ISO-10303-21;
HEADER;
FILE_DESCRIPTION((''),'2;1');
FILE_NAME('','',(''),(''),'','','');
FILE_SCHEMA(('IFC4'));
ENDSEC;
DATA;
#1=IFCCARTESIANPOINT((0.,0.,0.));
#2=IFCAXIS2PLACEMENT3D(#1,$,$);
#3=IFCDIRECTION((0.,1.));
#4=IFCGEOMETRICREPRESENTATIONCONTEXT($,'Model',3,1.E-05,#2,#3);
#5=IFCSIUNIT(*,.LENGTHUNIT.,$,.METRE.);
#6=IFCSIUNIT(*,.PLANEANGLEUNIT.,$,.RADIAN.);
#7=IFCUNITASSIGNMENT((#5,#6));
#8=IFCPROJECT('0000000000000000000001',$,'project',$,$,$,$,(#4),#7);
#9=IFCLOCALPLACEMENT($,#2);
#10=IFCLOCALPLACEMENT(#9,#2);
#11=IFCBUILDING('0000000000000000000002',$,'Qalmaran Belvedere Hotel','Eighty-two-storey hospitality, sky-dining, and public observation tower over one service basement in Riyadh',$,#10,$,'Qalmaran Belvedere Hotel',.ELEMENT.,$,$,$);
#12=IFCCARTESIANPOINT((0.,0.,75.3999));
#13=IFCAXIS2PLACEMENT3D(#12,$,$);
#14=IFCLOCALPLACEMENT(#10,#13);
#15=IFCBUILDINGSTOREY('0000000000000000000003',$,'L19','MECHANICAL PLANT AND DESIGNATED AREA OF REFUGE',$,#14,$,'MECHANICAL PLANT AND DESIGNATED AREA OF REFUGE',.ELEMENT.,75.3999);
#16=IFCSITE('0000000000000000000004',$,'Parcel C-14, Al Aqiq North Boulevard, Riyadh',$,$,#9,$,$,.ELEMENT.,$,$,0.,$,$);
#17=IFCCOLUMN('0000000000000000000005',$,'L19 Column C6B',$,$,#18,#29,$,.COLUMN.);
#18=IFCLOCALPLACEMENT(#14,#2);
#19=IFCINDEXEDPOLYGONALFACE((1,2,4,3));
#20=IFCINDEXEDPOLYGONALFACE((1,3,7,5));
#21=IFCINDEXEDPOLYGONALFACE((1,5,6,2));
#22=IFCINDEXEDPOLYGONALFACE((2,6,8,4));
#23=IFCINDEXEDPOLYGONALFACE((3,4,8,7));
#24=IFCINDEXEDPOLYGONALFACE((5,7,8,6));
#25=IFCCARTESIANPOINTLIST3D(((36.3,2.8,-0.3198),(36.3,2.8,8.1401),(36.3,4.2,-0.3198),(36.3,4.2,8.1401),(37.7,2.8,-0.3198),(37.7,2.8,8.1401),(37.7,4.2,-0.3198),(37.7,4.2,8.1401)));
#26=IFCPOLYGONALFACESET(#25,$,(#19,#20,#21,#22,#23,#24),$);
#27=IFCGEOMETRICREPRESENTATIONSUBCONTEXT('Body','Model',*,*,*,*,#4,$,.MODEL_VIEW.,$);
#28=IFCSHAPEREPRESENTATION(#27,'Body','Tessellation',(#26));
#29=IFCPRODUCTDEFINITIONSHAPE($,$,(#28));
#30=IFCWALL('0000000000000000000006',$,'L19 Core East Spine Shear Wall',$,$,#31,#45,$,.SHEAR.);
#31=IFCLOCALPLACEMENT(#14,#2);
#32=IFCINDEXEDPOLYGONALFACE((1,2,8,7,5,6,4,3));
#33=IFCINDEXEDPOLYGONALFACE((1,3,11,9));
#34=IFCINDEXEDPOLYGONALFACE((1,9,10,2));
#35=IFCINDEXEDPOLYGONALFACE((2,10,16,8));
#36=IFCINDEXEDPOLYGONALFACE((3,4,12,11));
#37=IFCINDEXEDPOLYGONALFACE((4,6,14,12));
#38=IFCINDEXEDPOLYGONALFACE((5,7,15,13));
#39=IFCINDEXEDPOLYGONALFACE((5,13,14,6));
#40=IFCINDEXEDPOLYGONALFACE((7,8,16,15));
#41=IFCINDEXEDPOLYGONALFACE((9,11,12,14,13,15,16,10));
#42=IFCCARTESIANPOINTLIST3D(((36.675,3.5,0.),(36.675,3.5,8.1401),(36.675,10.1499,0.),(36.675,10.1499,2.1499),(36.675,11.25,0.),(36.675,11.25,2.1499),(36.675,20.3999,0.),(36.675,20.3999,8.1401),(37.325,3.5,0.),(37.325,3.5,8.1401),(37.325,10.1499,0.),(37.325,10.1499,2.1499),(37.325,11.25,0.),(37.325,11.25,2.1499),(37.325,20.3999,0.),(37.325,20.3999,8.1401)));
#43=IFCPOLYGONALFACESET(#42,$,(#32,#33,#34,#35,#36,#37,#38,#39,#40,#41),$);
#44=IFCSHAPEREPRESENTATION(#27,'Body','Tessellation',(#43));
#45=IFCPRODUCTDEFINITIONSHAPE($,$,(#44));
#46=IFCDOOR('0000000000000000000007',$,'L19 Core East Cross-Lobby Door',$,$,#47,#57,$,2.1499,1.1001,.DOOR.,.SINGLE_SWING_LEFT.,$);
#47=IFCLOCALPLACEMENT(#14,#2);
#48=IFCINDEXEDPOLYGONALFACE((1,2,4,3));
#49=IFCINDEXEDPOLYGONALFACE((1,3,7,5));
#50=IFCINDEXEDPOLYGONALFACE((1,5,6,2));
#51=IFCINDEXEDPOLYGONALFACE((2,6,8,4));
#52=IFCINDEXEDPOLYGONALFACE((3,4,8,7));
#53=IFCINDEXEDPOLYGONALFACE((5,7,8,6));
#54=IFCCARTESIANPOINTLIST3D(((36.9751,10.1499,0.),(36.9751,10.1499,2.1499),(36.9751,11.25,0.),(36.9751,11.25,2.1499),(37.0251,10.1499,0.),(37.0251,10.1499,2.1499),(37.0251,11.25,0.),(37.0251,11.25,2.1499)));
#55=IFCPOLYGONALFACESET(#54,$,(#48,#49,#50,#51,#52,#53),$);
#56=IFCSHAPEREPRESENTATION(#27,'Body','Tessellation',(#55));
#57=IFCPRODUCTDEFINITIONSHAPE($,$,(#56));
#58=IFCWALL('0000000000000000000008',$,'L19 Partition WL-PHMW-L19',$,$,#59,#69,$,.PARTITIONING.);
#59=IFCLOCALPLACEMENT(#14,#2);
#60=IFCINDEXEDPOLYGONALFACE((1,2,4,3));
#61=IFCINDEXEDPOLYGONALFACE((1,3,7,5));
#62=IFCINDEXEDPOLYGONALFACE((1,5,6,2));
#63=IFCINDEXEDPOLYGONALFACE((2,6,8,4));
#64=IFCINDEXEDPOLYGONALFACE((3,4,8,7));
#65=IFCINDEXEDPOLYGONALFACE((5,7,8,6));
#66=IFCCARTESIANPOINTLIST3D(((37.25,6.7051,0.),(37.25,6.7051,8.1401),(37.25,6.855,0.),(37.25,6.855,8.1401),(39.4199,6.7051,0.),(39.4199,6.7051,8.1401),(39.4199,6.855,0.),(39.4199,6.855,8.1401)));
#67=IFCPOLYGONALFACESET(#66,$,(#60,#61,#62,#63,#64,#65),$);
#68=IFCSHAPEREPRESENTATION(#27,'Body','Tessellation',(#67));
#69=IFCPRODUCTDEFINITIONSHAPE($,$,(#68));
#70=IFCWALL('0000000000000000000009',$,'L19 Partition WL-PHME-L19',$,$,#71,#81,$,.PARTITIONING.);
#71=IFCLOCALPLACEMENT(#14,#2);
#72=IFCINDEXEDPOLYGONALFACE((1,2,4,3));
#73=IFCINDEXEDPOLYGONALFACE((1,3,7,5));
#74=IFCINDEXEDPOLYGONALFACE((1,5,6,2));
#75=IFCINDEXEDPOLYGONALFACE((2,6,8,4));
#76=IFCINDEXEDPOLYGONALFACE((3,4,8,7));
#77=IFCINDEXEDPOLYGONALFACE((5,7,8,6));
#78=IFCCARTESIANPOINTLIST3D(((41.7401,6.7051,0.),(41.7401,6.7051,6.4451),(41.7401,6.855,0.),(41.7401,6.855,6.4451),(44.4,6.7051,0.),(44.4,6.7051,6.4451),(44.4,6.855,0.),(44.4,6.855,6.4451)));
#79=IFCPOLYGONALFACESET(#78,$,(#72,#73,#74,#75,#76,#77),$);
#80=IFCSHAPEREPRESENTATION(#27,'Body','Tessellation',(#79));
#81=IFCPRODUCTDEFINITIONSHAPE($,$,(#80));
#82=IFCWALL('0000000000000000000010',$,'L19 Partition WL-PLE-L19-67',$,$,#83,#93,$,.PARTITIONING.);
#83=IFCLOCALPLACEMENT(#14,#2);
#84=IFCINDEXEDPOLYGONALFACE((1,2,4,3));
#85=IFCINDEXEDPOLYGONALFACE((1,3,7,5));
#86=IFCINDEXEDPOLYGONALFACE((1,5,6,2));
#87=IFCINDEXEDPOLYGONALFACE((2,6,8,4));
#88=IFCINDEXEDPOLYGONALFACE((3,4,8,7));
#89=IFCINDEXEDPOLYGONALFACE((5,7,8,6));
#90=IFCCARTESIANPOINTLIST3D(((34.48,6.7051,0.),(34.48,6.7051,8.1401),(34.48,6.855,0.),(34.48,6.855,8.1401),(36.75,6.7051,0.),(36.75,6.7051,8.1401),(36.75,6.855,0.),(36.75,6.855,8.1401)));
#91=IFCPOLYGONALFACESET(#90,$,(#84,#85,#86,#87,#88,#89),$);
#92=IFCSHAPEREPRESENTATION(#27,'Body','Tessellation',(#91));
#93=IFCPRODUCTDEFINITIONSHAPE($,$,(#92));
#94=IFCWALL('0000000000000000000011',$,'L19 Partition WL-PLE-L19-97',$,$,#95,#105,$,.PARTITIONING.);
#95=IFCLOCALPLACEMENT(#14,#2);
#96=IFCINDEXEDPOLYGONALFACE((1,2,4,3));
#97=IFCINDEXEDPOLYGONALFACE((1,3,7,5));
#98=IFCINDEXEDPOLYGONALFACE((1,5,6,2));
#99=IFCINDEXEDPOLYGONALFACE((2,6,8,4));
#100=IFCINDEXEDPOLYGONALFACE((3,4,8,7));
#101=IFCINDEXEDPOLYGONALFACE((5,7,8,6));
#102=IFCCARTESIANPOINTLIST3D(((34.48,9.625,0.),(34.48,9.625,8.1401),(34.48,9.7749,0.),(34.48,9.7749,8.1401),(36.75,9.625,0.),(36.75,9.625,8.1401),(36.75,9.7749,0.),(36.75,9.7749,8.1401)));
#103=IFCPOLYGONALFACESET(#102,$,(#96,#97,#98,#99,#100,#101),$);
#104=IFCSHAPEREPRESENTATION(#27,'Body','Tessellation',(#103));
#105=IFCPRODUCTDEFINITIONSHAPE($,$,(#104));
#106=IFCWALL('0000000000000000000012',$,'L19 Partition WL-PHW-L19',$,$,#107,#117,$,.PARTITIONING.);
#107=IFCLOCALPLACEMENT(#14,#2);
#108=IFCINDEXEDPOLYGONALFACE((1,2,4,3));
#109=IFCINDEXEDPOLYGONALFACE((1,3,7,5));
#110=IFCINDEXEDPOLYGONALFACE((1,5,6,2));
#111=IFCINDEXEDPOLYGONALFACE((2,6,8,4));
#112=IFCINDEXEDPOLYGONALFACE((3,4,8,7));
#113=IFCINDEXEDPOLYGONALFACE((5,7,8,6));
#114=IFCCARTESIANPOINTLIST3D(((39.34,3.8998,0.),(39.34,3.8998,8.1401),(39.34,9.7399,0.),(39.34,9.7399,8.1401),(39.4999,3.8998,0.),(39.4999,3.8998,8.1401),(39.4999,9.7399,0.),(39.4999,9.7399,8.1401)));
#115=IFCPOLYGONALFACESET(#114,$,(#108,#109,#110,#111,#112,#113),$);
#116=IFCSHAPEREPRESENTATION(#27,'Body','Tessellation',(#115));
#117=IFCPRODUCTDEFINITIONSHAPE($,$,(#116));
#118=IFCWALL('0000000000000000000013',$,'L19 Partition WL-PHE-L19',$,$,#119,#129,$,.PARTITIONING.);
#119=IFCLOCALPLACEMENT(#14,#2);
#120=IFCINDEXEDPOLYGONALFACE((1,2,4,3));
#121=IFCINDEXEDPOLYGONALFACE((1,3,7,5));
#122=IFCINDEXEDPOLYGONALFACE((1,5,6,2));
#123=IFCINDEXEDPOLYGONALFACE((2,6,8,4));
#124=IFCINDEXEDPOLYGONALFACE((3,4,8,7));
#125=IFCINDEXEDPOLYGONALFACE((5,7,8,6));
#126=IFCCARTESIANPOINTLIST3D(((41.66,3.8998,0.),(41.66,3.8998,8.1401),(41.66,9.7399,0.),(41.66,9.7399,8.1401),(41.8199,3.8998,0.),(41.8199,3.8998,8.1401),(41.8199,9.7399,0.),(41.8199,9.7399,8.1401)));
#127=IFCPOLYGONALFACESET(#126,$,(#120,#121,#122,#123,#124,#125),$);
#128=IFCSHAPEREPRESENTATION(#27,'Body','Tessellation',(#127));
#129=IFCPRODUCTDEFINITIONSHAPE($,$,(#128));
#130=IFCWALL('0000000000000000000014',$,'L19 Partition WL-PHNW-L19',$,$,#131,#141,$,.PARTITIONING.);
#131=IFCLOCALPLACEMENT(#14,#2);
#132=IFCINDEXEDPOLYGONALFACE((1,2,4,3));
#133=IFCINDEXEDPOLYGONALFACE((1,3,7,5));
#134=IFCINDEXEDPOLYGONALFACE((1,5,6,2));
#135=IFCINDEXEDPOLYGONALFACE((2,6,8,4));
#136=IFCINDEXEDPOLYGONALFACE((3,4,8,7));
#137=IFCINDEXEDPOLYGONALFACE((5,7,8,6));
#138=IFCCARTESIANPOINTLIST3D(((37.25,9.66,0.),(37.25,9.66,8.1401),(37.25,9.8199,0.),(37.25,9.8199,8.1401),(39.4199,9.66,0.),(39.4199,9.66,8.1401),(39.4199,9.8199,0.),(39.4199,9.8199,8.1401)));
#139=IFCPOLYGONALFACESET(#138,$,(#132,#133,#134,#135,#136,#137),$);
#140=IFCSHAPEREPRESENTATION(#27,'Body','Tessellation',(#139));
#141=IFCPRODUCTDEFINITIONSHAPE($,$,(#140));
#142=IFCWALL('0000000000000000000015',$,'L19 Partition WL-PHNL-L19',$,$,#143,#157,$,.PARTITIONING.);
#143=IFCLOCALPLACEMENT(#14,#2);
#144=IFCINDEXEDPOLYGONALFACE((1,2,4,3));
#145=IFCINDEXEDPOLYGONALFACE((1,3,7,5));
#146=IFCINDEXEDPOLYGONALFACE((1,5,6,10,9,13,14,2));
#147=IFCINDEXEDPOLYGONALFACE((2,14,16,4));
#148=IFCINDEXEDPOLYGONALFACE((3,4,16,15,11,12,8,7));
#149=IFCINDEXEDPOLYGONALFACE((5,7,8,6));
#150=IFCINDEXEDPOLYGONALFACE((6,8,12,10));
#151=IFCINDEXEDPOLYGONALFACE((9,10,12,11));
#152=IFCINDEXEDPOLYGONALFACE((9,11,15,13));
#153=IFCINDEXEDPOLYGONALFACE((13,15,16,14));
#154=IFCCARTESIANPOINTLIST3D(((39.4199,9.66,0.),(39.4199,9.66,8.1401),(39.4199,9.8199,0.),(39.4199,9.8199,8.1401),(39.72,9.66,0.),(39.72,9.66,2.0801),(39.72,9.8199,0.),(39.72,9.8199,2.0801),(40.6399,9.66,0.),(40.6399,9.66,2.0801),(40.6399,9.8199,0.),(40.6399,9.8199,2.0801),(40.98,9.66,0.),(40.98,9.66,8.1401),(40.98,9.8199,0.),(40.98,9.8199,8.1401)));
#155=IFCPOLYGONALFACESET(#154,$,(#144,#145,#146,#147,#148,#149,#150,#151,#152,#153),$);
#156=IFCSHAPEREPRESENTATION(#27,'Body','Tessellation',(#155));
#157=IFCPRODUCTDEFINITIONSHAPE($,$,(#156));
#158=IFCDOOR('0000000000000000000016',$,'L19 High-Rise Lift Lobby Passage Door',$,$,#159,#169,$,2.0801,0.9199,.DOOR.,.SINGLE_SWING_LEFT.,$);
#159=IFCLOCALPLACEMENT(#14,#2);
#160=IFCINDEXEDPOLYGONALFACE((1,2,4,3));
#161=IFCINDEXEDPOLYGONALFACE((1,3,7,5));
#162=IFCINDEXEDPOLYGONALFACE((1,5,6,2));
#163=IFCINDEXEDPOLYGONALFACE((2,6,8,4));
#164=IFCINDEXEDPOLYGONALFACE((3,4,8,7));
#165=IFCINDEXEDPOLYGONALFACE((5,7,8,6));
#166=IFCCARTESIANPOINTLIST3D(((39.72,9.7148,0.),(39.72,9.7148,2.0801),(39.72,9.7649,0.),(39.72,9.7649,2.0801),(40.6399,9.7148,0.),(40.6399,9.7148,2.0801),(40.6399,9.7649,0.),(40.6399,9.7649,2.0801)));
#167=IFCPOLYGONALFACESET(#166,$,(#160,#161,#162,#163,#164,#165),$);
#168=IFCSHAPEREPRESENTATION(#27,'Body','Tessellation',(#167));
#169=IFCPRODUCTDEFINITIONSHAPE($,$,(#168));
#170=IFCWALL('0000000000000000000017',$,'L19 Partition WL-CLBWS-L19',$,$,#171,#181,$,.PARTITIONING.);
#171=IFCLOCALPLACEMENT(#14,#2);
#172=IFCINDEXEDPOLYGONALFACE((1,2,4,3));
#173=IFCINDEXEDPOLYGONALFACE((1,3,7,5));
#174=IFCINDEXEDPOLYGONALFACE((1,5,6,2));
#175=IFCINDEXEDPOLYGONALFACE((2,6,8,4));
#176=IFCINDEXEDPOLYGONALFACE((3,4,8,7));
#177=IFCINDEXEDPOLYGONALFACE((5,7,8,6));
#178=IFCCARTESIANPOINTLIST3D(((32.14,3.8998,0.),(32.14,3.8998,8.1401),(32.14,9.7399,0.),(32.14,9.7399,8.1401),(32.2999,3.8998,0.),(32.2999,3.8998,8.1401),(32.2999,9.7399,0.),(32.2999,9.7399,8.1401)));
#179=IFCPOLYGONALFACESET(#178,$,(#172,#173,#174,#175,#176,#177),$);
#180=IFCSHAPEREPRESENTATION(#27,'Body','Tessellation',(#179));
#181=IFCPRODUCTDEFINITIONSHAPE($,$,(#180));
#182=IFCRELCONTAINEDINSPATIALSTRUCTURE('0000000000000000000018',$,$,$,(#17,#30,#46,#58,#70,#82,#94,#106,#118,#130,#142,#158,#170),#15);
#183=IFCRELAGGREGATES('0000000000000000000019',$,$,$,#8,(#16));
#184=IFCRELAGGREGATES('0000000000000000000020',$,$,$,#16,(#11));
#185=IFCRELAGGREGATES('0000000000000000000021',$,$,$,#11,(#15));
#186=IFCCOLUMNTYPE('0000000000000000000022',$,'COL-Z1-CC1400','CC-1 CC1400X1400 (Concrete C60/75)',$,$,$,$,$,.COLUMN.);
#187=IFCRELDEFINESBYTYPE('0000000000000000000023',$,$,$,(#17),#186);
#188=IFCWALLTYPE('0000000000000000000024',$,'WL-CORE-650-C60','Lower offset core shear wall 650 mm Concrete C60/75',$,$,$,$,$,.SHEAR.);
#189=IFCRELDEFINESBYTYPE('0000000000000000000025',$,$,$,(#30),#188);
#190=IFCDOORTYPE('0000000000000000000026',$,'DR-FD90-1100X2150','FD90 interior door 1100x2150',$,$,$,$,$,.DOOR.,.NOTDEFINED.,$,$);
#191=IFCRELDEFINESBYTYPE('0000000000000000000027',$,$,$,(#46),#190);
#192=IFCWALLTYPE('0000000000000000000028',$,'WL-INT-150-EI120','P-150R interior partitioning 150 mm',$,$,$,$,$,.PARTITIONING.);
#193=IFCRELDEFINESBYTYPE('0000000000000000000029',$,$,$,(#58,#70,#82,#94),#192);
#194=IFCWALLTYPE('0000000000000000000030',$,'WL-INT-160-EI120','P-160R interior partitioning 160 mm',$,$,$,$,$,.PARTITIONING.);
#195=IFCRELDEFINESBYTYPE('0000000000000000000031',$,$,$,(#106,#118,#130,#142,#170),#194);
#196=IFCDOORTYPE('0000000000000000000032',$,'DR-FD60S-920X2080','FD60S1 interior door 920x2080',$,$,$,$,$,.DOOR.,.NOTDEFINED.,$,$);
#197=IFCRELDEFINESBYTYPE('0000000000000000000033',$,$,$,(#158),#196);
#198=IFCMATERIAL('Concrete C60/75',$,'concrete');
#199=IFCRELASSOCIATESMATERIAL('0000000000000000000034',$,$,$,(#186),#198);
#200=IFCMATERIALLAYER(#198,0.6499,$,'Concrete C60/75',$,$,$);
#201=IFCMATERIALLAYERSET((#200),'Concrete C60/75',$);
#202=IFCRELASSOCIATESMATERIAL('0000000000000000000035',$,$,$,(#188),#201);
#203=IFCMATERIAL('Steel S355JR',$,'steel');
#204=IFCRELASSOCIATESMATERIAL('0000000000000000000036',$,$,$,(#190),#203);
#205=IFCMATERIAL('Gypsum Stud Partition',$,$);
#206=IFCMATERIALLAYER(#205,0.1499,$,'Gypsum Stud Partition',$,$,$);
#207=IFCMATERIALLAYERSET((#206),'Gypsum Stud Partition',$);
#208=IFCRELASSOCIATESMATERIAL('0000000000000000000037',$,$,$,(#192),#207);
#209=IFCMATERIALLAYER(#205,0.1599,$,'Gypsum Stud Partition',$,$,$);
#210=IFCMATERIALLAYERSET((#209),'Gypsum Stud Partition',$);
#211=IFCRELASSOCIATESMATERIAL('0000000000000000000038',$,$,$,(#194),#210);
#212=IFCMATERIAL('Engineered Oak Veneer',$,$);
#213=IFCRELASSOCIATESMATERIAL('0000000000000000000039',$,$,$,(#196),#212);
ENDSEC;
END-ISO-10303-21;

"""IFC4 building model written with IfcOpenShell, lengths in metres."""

from ifc_helpers import new_model, si_unit, direction, frame, frame_2d, origin, origin_2d, place, context, subcontext, project, spatial, rectangle, extrude, material, layer, layer_set, material_profile, profile_set, type_object, element, fill, save


model = new_model("IFC4")

# Units and contexts
model_context = context("Model", 3, precision=1e-05, world=origin(), true_north=direction((0.0, 1.0)))
body_context = subcontext(model_context, "Body", "Model", "MODEL_VIEW")
ifc_project = project(units=[si_unit("LENGTHUNIT", "METRE"), si_unit("PLANEANGLEUNIT", "RADIAN")], contexts=[model_context])

# Site, building, storey
site_placement = place(None, origin())
site = spatial("IfcSite", under=ifc_project, at=site_placement, Name="Parcel C-14, Al Aqiq North Boulevard, Riyadh", CompositionType="ELEMENT", RefElevation=0.0)
building_placement = place(site_placement, origin())
building = spatial("IfcBuilding", under=site, at=building_placement, Name="Qalmaran Belvedere Hotel", Description="Eighty-two-storey hospitality, sky-dining, and public observation tower over one service basement in Riyadh", LongName="Qalmaran Belvedere Hotel", CompositionType="ELEMENT")
storey_placement = place(building_placement, frame((0.0, 0.0, 75.3999)))
storey = spatial("IfcBuildingStorey", under=building, at=storey_placement, Name="L19", Description="MECHANICAL PLANT AND DESIGNATED AREA OF REFUGE", LongName="MECHANICAL PLANT AND DESIGNATED AREA OF REFUGE", CompositionType="ELEMENT", Elevation=75.3999)

# Column
ifc_material_1 = material(Name="Concrete C60/75", Category="concrete")
ifc_material_profile = material_profile(ifc_material_1, rectangle(XDim=1.3999, YDim=1.3999, at=origin_2d()), Name="CC1400X1400")
ifc_profile_set = profile_set([ifc_material_profile], Name="Concrete C60/75")
column_type = type_object("IfcColumnType", Name="COL-Z1-CC1400", Description="CC-1 CC1400X1400 (Concrete C60/75)", PredefinedType="COLUMN", material=ifc_profile_set)
column_placement = place(storey_placement, frame((37.0, 3.5, -0.3198), z_axis=(0.0, 0.0, 1.0), x_axis=(1.0, 0.0, 0.0)))
element("IfcColumn", 1, at=column_placement, inside=storey, type_object=column_type, Name="L19 Column C6B", PredefinedType="COLUMN", context=body_context, shape_type="SweptSolid", body=[
    extrude(rectangle(XDim=1.3999, YDim=1.3999, at=origin_2d()), origin(), (0.0, 0.0, 1.0), 8.46),
])

# Wall, opening, door
ifc_layer_1 = layer(ifc_material_1, 0.6499, Name="Concrete C60/75")
ifc_layer_set_1 = layer_set([ifc_layer_1], Name="Concrete C60/75")
wall_type_1 = type_object("IfcWallType", Name="WL-CORE-650-C60", Description="Lower offset core shear wall 650 mm Concrete C60/75", PredefinedType="SHEAR", material=ifc_layer_set_1)
wall_1_placement = place(storey_placement, frame((37.0, 3.5, 0.0), z_axis=(0.0, 0.0, 1.0), x_axis=(0.0, 1.0, 0.0)))
wall_1 = element("IfcWall", 2, at=wall_1_placement, inside=storey, type_object=wall_type_1, Name="L19 Core East Spine Shear Wall", PredefinedType="SHEAR", context=body_context, shape_type="SweptSolid", body=[
    extrude(rectangle(XDim=16.8999, YDim=0.6499, at=frame_2d((8.45, 0.0))), origin(), (0.0, 0.0, 1.0), 8.1401),
])
opening_1_placement = place(wall_1_placement, frame((6.6499, 0.0, 0.0)))
opening_1 = element("IfcOpeningElement", 3, at=opening_1_placement, cuts=wall_1, PredefinedType="OPENING", context=body_context, shape_type="SweptSolid", body=[
    extrude(rectangle(XDim=1.1001, YDim=2.1499, at=frame_2d((0.55, 1.075))), frame((0.0, 0.335, 0.0), z_axis=(0.0, -1.0, 0.0), x_axis=(1.0, 0.0, 0.0)), (0.0, 0.0, 1.0), 0.6699),
])
ifc_material_2 = material(Name="Steel S355JR", Category="steel")
door_type_1 = type_object("IfcDoorType", Name="DR-FD90-1100X2150", Description="FD90 interior door 1100x2150", OperationType="NOTDEFINED", PredefinedType="DOOR", material=ifc_material_2)
door_1_placement = place(opening_1_placement, origin())
door_1 = element("IfcDoor", 4, at=door_1_placement, inside=storey, type_object=door_type_1, Name="L19 Core East Cross-Lobby Door", OperationType="SINGLE_SWING_LEFT", OverallHeight=2.1499, OverallWidth=1.1001, PredefinedType="DOOR", context=body_context, shape_type="SweptSolid", body=[
    extrude(rectangle(XDim=1.1001, YDim=2.1499, at=frame_2d((0.55, 1.075))), frame((0.0, 0.0249, 0.0), z_axis=(0.0, -1.0, 0.0), x_axis=(1.0, 0.0, 0.0)), (0.0, 0.0, 1.0), 0.05),
])
fill(opening_1, door_1)

# Walls
ifc_material_3 = material(Name="Gypsum Stud Partition")
ifc_layer_2 = layer(ifc_material_3, 0.1499, Name="Gypsum Stud Partition")
ifc_layer_set_2 = layer_set([ifc_layer_2], Name="Gypsum Stud Partition")
wall_type_2 = type_object("IfcWallType", Name="WL-INT-150-EI120", Description="P-150R interior partitioning 150 mm", PredefinedType="PARTITIONING", material=ifc_layer_set_2)
wall_2_placement = place(storey_placement, frame((37.25, 6.78, 0.0), z_axis=(0.0, 0.0, 1.0), x_axis=(1.0, 0.0, 0.0)))
element("IfcWall", 5, at=wall_2_placement, inside=storey, type_object=wall_type_2, Name="L19 Partition WL-PHMW-L19", PredefinedType="PARTITIONING", context=body_context, shape_type="SweptSolid", body=[
    extrude(rectangle(XDim=2.1699, YDim=0.1499, at=frame_2d((1.085, 0.0))), origin(), (0.0, 0.0, 1.0), 8.1401),
])
wall_3_placement = place(storey_placement, frame((41.74, 6.78, 0.0), z_axis=(0.0, 0.0, 1.0), x_axis=(1.0, 0.0, 0.0)))
element("IfcWall", 6, at=wall_3_placement, inside=storey, type_object=wall_type_2, Name="L19 Partition WL-PHME-L19", PredefinedType="PARTITIONING", context=body_context, shape_type="SweptSolid", body=[
    extrude(rectangle(XDim=2.6599, YDim=0.1499, at=frame_2d((1.3301, 0.0))), origin(), (0.0, 0.0, 1.0), 6.4451),
])
for number, where, z_axis, x_axis, name in (
    (7, (34.48, 6.78, 0.0), (0.0, 0.0, 1.0), (1.0, 0.0, 0.0), "L19 Partition WL-PLE-L19-67"),
    (8, (34.48, 9.7, 0.0), (0.0, 0.0, 1.0), (1.0, 0.0, 0.0), "L19 Partition WL-PLE-L19-97"),
):
    element("IfcWall", number, at=place(storey_placement, frame(where, z_axis=z_axis, x_axis=x_axis)), inside=storey, type_object=wall_type_2, Name=name, PredefinedType="PARTITIONING", context=body_context, shape_type="SweptSolid", body=[
        extrude(rectangle(XDim=2.27, YDim=0.1499, at=frame_2d((1.135, 0.0))), origin(), (0.0, 0.0, 1.0), 8.1401),
    ])
ifc_layer_3 = layer(ifc_material_3, 0.1599, Name="Gypsum Stud Partition")
ifc_layer_set_3 = layer_set([ifc_layer_3], Name="Gypsum Stud Partition")
wall_type_3 = type_object("IfcWallType", Name="WL-INT-160-EI120", Description="P-160R interior partitioning 160 mm", PredefinedType="PARTITIONING", material=ifc_layer_set_3)
for number, where, z_axis, x_axis, name in (
    (9, (39.4199, 3.8999, 0.0), (0.0, 0.0, 1.0), (0.0, 1.0, 0.0), "L19 Partition WL-PHW-L19"),
    (10, (41.74, 3.8999, 0.0), (0.0, 0.0, 1.0), (0.0, 1.0, 0.0), "L19 Partition WL-PHE-L19"),
):
    element("IfcWall", number, at=place(storey_placement, frame(where, z_axis=z_axis, x_axis=x_axis)), inside=storey, type_object=wall_type_3, Name=name, PredefinedType="PARTITIONING", context=body_context, shape_type="SweptSolid", body=[
        extrude(rectangle(XDim=5.8401, YDim=0.1599, at=frame_2d((2.9199, 0.0))), origin(), (0.0, 0.0, 1.0), 8.1401),
    ])
wall_4_placement = place(storey_placement, frame((37.25, 9.74, 0.0), z_axis=(0.0, 0.0, 1.0), x_axis=(1.0, 0.0, 0.0)))
element("IfcWall", 11, at=wall_4_placement, inside=storey, type_object=wall_type_3, Name="L19 Partition WL-PHNW-L19", PredefinedType="PARTITIONING", context=body_context, shape_type="SweptSolid", body=[
    extrude(rectangle(XDim=2.1699, YDim=0.1599, at=frame_2d((1.085, 0.0))), origin(), (0.0, 0.0, 1.0), 8.1401),
])

# Wall, opening, door
wall_5_placement = place(storey_placement, frame((39.4199, 9.74, 0.0), z_axis=(0.0, 0.0, 1.0), x_axis=(1.0, 0.0, 0.0)))
wall_5 = element("IfcWall", 12, at=wall_5_placement, inside=storey, type_object=wall_type_3, Name="L19 Partition WL-PHNL-L19", PredefinedType="PARTITIONING", context=body_context, shape_type="SweptSolid", body=[
    extrude(rectangle(XDim=1.5601, YDim=0.1599, at=frame_2d((0.78, 0.0))), origin(), (0.0, 0.0, 1.0), 8.1401),
])
opening_2_placement = place(wall_5_placement, frame((0.3, 0.0, 0.0)))
opening_2 = element("IfcOpeningElement", 13, at=opening_2_placement, cuts=wall_5, PredefinedType="OPENING", context=body_context, shape_type="SweptSolid", body=[
    extrude(rectangle(XDim=0.9199, YDim=2.0801, at=frame_2d((0.46, 1.04))), frame((0.0, 0.0898, 0.0), z_axis=(0.0, -1.0, 0.0), x_axis=(1.0, 0.0, 0.0)), (0.0, 0.0, 1.0), 0.1799),
])
ifc_material_4 = material(Name="Engineered Oak Veneer")
door_type_2 = type_object("IfcDoorType", Name="DR-FD60S-920X2080", Description="FD60S1 interior door 920x2080", OperationType="NOTDEFINED", PredefinedType="DOOR", material=ifc_material_4)
door_2_placement = place(opening_2_placement, origin())
door_2 = element("IfcDoor", 14, at=door_2_placement, inside=storey, type_object=door_type_2, Name="L19 High-Rise Lift Lobby Passage Door", OperationType="SINGLE_SWING_LEFT", OverallHeight=2.0801, OverallWidth=0.9199, PredefinedType="DOOR", context=body_context, shape_type="SweptSolid", body=[
    extrude(rectangle(XDim=0.9199, YDim=2.0801, at=frame_2d((0.46, 1.04))), frame((0.0, 0.0249, 0.0), z_axis=(0.0, -1.0, 0.0), x_axis=(1.0, 0.0, 0.0)), (0.0, 0.0, 1.0), 0.05),
])
fill(opening_2, door_2)

# Wall
for number, where, z_axis, x_axis, name in (
    (15, (32.22, 3.8999, 0.0), (0.0, 0.0, 1.0), (0.0, 1.0, 0.0), "L19 Partition WL-CLBWS-L19"),
):
    element("IfcWall", number, at=place(storey_placement, frame(where, z_axis=z_axis, x_axis=x_axis)), inside=storey, type_object=wall_type_3, Name=name, PredefinedType="PARTITIONING", context=body_context, shape_type="SweptSolid", body=[
        extrude(rectangle(XDim=5.8401, YDim=0.1599, at=frame_2d((2.9199, 0.0))), origin(), (0.0, 0.0, 1.0), 8.1401),
    ])

save(model, "model.ifc")
